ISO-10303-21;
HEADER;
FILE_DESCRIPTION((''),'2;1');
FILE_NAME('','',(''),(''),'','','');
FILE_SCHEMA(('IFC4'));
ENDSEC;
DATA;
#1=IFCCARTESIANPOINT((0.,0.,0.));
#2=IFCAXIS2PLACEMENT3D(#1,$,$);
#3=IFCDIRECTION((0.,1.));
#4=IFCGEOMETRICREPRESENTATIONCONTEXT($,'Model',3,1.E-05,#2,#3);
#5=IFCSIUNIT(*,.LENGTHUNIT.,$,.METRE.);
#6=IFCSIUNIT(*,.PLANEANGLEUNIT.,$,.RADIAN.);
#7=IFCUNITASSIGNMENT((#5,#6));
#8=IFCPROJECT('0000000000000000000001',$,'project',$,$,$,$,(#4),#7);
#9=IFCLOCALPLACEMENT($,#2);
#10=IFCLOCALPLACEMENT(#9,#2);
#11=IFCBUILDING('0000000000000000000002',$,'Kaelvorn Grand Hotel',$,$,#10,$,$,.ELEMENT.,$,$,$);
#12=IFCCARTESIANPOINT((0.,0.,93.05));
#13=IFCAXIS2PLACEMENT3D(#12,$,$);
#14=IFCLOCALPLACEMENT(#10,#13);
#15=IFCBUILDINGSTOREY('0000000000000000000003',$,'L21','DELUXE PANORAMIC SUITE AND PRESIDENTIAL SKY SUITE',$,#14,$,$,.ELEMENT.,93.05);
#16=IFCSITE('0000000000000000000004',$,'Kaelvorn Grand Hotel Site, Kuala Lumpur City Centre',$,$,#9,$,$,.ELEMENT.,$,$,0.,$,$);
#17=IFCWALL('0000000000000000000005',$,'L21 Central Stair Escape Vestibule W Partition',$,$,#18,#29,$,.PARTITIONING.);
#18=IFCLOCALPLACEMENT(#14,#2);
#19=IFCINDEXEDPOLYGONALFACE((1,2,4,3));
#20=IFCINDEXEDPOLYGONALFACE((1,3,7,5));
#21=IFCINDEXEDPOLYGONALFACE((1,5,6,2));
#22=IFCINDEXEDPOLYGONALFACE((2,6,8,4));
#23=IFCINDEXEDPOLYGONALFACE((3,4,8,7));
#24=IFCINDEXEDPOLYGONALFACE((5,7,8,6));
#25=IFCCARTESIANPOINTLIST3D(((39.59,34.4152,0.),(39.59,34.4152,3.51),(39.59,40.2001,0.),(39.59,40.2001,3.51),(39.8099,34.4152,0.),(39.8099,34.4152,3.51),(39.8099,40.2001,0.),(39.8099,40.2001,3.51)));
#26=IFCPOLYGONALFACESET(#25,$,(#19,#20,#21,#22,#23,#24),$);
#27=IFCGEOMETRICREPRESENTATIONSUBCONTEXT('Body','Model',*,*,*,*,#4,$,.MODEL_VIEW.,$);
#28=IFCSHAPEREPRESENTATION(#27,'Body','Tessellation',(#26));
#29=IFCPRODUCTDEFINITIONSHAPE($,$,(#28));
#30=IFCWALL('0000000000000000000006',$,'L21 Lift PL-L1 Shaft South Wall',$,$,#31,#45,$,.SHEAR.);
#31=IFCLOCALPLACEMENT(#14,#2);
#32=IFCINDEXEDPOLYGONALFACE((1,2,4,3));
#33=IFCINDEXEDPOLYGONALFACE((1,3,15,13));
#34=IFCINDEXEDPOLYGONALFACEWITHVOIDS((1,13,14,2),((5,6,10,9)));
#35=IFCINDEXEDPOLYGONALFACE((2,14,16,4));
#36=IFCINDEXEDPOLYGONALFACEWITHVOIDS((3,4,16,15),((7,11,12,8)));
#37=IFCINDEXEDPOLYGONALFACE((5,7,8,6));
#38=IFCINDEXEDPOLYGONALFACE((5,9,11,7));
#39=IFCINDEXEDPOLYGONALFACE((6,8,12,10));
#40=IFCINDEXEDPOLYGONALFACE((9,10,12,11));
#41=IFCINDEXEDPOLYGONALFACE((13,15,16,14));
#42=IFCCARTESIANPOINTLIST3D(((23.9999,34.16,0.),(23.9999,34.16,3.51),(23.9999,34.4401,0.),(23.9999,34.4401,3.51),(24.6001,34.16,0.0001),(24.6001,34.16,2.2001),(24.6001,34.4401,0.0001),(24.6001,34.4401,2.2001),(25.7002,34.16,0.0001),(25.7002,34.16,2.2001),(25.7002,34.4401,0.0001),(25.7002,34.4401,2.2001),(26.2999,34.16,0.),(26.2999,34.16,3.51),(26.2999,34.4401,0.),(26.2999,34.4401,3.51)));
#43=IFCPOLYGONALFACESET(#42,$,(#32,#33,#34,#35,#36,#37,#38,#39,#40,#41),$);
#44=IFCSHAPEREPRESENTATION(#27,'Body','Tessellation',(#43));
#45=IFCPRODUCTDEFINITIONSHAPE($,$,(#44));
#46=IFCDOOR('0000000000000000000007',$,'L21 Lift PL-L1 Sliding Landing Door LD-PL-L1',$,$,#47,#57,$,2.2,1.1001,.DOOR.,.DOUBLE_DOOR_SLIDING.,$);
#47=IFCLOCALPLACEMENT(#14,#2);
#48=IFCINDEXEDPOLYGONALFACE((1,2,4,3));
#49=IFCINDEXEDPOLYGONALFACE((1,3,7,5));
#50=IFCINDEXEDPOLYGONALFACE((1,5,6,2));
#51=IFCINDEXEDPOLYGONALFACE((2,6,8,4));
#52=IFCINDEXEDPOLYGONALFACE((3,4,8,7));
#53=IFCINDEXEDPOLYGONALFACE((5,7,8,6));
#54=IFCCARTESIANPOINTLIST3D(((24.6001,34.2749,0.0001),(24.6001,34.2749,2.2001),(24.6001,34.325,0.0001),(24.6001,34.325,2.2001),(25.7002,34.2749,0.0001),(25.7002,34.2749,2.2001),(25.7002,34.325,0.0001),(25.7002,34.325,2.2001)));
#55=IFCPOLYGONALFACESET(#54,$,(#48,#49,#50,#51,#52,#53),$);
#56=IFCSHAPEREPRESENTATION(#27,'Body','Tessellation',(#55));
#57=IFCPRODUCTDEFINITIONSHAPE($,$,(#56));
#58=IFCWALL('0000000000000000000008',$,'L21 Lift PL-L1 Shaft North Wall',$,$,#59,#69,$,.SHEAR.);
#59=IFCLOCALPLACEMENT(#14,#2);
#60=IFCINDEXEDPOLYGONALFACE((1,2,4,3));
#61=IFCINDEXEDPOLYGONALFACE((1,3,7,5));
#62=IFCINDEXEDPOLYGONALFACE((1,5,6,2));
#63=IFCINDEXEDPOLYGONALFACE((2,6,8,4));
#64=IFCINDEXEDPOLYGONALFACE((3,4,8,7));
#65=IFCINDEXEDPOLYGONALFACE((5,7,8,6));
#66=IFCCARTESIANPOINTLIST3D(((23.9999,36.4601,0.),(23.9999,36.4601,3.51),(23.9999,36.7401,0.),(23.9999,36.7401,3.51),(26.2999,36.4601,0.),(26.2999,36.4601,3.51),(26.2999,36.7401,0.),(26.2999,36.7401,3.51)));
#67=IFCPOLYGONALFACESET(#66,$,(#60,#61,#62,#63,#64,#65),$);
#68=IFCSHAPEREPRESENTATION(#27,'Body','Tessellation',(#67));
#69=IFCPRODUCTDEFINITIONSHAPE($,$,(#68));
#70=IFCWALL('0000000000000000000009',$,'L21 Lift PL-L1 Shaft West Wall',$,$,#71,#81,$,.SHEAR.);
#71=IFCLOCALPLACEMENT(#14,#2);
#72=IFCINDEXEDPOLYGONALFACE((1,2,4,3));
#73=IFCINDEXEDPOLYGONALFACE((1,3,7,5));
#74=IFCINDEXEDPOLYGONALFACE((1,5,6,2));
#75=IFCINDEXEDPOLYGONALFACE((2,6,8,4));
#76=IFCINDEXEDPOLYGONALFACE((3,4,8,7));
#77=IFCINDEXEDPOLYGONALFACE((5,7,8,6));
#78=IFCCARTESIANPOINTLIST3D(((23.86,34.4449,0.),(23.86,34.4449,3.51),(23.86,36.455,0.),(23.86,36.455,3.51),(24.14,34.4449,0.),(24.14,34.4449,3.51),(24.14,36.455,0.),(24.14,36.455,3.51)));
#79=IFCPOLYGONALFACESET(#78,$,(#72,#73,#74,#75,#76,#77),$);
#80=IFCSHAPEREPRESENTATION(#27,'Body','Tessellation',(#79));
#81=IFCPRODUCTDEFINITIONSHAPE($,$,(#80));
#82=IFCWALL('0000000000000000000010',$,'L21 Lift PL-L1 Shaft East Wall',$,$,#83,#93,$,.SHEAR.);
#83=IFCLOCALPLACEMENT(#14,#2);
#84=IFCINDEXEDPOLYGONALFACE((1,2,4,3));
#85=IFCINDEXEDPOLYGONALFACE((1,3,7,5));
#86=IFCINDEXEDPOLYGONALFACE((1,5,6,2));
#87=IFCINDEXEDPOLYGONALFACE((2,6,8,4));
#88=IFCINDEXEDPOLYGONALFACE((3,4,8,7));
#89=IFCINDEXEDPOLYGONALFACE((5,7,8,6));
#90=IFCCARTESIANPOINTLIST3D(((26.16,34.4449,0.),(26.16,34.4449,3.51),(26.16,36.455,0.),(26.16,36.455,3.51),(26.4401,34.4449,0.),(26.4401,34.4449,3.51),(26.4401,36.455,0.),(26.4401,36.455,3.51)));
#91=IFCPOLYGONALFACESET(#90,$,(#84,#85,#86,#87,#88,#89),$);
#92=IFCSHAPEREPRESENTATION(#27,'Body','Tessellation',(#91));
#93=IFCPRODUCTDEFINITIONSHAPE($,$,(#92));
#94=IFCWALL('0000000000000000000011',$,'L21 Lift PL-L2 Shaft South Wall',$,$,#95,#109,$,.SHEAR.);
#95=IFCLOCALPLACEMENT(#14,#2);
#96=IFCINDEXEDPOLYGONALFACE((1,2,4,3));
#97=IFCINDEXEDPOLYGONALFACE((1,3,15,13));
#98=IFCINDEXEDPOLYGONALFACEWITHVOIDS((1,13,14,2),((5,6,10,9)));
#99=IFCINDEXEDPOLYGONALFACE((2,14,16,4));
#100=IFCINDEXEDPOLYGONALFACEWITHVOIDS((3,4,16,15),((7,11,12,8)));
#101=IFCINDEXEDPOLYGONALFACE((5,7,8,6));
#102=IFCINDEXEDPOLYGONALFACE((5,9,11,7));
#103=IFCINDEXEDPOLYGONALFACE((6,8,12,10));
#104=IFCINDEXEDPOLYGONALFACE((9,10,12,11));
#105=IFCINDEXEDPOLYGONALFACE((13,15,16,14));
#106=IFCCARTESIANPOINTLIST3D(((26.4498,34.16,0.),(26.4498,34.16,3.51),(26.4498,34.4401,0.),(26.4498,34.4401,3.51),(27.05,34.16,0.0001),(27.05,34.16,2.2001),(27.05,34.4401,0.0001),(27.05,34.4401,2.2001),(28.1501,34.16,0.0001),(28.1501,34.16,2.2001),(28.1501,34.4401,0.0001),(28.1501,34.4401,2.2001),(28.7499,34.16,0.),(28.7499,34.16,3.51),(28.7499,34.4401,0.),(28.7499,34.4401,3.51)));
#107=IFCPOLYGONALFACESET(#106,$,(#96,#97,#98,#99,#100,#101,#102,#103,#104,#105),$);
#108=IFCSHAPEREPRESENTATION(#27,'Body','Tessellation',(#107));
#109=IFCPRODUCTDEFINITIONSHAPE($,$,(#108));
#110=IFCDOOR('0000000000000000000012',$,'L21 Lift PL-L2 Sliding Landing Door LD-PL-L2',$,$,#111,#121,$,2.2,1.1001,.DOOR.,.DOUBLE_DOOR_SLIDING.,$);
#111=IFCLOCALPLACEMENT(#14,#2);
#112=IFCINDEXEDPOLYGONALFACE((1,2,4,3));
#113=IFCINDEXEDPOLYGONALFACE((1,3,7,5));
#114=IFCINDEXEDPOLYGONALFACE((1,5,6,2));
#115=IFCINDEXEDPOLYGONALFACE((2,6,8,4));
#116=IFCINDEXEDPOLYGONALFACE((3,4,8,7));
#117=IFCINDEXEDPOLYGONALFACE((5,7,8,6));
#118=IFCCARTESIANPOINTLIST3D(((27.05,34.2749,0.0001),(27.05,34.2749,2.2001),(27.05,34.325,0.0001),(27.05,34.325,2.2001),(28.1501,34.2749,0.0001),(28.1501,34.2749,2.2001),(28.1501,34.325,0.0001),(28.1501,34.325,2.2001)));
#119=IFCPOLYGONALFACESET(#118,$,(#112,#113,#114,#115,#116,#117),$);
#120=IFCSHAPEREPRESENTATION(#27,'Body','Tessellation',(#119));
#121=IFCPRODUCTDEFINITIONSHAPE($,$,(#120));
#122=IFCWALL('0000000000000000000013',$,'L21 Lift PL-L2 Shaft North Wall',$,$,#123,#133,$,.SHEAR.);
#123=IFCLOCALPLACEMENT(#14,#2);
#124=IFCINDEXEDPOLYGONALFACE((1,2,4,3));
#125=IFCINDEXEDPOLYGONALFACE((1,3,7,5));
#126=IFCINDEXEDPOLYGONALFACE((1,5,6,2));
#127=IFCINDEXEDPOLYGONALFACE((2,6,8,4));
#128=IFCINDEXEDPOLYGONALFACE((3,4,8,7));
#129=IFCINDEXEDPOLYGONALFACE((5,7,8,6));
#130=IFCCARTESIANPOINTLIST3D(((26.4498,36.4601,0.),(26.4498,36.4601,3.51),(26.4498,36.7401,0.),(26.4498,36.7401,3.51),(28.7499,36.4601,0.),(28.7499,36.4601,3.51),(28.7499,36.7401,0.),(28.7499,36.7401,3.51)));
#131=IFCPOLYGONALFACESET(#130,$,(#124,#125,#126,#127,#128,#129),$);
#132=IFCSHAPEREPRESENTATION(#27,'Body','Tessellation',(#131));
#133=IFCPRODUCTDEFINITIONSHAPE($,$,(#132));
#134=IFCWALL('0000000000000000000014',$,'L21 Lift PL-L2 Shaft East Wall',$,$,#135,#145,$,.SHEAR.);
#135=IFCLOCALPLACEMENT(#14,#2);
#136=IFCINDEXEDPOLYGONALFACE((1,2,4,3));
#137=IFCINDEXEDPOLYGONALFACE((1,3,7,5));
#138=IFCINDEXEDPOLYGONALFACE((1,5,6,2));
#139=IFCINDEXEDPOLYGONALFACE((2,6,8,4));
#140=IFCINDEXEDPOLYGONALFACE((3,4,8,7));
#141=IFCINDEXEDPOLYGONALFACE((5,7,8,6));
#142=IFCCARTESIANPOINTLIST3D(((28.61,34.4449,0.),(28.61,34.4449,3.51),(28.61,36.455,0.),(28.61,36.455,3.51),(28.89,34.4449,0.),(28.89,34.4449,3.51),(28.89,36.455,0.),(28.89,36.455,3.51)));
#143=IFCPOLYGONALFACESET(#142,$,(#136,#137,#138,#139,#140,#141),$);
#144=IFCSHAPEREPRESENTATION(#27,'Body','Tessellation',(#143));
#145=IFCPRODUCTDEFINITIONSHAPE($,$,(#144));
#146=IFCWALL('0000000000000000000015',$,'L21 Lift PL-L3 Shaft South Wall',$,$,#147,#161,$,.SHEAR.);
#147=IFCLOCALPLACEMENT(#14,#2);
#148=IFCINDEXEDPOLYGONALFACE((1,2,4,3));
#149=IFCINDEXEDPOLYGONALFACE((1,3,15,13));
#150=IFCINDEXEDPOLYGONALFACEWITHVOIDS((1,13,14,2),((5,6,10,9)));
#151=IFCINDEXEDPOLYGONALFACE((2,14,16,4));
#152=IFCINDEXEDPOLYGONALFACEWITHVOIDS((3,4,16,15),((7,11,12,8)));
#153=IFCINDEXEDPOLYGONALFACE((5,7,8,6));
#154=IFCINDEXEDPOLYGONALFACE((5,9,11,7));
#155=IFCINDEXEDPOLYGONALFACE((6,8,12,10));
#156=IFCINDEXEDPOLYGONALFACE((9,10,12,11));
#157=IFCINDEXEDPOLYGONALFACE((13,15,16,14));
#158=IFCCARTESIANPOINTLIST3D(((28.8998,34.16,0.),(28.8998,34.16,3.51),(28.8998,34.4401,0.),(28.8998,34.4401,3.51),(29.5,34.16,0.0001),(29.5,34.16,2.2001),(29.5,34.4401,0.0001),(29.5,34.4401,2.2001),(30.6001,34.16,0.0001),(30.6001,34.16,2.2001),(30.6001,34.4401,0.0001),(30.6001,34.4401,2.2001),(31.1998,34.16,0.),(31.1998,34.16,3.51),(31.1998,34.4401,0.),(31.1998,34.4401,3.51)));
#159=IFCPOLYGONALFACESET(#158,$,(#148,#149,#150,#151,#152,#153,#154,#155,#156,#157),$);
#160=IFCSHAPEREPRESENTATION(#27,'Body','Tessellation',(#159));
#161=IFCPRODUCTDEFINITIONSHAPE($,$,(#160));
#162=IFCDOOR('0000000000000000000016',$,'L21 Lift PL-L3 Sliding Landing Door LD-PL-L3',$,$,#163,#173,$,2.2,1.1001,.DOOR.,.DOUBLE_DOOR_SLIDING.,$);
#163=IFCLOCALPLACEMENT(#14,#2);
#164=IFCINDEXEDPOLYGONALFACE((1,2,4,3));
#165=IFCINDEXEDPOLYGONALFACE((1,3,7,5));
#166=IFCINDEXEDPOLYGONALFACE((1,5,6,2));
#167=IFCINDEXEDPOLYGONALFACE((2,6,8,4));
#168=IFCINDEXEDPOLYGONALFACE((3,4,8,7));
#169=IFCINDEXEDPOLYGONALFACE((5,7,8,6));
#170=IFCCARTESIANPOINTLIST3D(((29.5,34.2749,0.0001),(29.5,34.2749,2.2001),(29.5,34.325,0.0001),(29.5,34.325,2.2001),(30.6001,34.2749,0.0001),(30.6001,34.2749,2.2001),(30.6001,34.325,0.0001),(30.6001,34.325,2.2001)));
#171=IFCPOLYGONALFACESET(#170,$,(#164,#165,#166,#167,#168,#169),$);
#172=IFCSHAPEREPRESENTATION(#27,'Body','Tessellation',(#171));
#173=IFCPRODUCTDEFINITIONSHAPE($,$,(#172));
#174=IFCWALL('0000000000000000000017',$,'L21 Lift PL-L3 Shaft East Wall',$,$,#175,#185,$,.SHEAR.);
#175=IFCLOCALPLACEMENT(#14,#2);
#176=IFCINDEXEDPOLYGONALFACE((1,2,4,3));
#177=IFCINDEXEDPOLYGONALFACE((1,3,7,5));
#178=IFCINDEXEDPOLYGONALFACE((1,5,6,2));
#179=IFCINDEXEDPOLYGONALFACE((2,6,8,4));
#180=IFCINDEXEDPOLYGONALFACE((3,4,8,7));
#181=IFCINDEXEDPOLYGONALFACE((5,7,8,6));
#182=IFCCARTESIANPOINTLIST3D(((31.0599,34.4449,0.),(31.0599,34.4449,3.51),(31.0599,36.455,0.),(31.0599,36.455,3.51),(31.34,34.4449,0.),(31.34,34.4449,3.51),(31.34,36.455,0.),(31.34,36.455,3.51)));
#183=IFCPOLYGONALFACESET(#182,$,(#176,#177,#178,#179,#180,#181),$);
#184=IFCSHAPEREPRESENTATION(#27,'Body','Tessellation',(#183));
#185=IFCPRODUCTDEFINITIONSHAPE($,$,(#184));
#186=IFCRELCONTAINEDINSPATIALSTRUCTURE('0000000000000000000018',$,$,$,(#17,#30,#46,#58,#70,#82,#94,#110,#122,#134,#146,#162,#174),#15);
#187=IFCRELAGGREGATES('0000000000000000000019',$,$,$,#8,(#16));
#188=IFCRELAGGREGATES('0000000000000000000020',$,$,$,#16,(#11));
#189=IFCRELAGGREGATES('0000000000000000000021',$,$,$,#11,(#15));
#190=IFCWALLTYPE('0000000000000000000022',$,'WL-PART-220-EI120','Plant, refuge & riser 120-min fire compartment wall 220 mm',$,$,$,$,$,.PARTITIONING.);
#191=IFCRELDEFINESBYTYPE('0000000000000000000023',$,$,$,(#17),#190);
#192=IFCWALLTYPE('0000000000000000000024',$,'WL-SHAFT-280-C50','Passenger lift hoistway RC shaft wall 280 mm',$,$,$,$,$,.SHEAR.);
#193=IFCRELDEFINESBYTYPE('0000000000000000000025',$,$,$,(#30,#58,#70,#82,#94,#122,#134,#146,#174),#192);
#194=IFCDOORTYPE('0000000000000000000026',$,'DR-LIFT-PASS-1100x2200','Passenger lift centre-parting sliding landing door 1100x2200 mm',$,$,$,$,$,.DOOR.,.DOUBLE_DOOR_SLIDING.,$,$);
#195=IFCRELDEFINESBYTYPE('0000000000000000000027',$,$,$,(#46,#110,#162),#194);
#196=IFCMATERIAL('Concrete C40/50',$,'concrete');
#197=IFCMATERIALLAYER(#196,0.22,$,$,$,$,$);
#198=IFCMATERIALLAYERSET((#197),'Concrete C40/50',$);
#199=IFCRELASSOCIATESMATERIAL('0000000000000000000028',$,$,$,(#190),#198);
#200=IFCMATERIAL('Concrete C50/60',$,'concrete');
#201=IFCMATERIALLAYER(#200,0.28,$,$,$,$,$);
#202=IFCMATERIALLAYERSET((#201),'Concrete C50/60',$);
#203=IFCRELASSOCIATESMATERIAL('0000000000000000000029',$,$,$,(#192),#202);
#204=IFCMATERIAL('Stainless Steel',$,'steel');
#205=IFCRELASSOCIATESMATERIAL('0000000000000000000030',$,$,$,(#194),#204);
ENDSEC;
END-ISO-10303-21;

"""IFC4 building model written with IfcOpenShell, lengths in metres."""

from ifc_helpers import new_model, si_unit, direction, frame, frame_2d, origin, place, context, subcontext, project, spatial, rectangle, extrude, material, layer, layer_set, type_object, element, fill, save


model = new_model("IFC4")

# Units and contexts
model_context = context("Model", 3, precision=1e-05, world=origin(), true_north=direction((0.0, 1.0)))
body_context = subcontext(model_context, "Body", "Model", "MODEL_VIEW")
ifc_project = project(units=[si_unit("LENGTHUNIT", "METRE"), si_unit("PLANEANGLEUNIT", "RADIAN")], contexts=[model_context])

# Site, building, storey
site_placement = place(None, origin())
site = spatial("IfcSite", under=ifc_project, at=site_placement, Name="Kaelvorn Grand Hotel Site, Kuala Lumpur City Centre", CompositionType="ELEMENT", RefElevation=0.0)
building_placement = place(site_placement, origin())
building = spatial("IfcBuilding", under=site, at=building_placement, Name="Kaelvorn Grand Hotel", CompositionType="ELEMENT")
storey_placement = place(building_placement, frame((0.0, 0.0, 93.05)))
storey = spatial("IfcBuildingStorey", under=building, at=storey_placement, Name="L21", Description="DELUXE PANORAMIC SUITE AND PRESIDENTIAL SKY SUITE", CompositionType="ELEMENT", Elevation=93.05)

# Shared definitions
ifc_material_1 = material(Name="Concrete C40/50", Category="concrete")
ifc_layer_1 = layer(ifc_material_1, 0.22)
ifc_layer_set_1 = layer_set([ifc_layer_1], Name="Concrete C40/50")
wall_type_1 = type_object("IfcWallType", Name="WL-PART-220-EI120", Description="Plant, refuge & riser 120-min fire compartment wall 220 mm", PredefinedType="PARTITIONING", material=ifc_layer_set_1)

# Wall
wall_1_placement = place(storey_placement, frame((39.7, 34.415, 0.0), z_axis=(0.0, 0.0, 1.0), x_axis=(0.0, 1.0, 0.0)))
element("IfcWall", 1, at=wall_1_placement, inside=storey, type_object=wall_type_1, Name="L21 Central Stair Escape Vestibule W Partition", PredefinedType="PARTITIONING", context=body_context, shape_type="SweptSolid", body=[
    extrude(rectangle(XDim=5.7849, YDim=0.22, at=frame_2d((2.8926, 0.0))), origin(), (0.0, 0.0, 1.0), 3.51),
])

# Wall, opening, door
ifc_material_2 = material(Name="Concrete C50/60", Category="concrete")
ifc_layer_2 = layer(ifc_material_2, 0.28)
ifc_layer_set_2 = layer_set([ifc_layer_2], Name="Concrete C50/60")
wall_type_2 = type_object("IfcWallType", Name="WL-SHAFT-280-C50", Description="Passenger lift hoistway RC shaft wall 280 mm", PredefinedType="SHEAR", material=ifc_layer_set_2)
wall_2_placement = place(storey_placement, frame((24.0, 34.3, 0.0), z_axis=(0.0, 0.0, 1.0), x_axis=(1.0, 0.0, 0.0)))
wall_2 = element("IfcWall", 2, at=wall_2_placement, inside=storey, type_object=wall_type_2, Name="L21 Lift PL-L1 Shaft South Wall", PredefinedType="SHEAR", context=body_context, shape_type="SweptSolid", body=[
    extrude(rectangle(XDim=2.3, YDim=0.28, at=frame_2d((1.1499, 0.0))), origin(), (0.0, 0.0, 1.0), 3.51),
])
opening_1_placement = place(wall_2_placement, frame((0.6001, 0.0, 0.0)))
opening_1 = element("IfcOpeningElement", 3, at=opening_1_placement, cuts=wall_2, PredefinedType="OPENING", context=body_context, shape_type="SweptSolid", body=[
    extrude(rectangle(XDim=1.1001, YDim=2.2, at=frame_2d((0.55, 1.1001))), frame((0.0, 0.1499, 0.0), z_axis=(0.0, -1.0, 0.0), x_axis=(1.0, 0.0, 0.0)), (0.0, 0.0, 1.0), 0.3),
])
ifc_material_3 = material(Name="Stainless Steel", Category="steel")
door_type_1 = type_object("IfcDoorType", Name="DR-LIFT-PASS-1100x2200", Description="Passenger lift centre-parting sliding landing door 1100x2200 mm", OperationType="DOUBLE_DOOR_SLIDING", PredefinedType="DOOR", material=ifc_material_3)
door_1_placement = place(opening_1_placement, origin())
door_1 = element("IfcDoor", 4, at=door_1_placement, inside=storey, type_object=door_type_1, Name="L21 Lift PL-L1 Sliding Landing Door LD-PL-L1", OperationType="DOUBLE_DOOR_SLIDING", OverallHeight=2.2, OverallWidth=1.1001, PredefinedType="DOOR", context=body_context, shape_type="SweptSolid", body=[
    extrude(rectangle(XDim=1.1001, YDim=2.2, at=frame_2d((0.55, 1.1001))), frame((0.0, 0.0249, 0.0), z_axis=(0.0, -1.0, 0.0), x_axis=(1.0, 0.0, 0.0)), (0.0, 0.0, 1.0), 0.05),
])
fill(opening_1, door_1)

# Walls
wall_3_placement = place(storey_placement, frame((24.0, 36.6001, 0.0), z_axis=(0.0, 0.0, 1.0), x_axis=(1.0, 0.0, 0.0)))
element("IfcWall", 5, at=wall_3_placement, inside=storey, type_object=wall_type_2, Name="L21 Lift PL-L1 Shaft North Wall", PredefinedType="SHEAR", context=body_context, shape_type="SweptSolid", body=[
    extrude(rectangle(XDim=2.3, YDim=0.28, at=frame_2d((1.1499, 0.0))), origin(), (0.0, 0.0, 1.0), 3.51),
])
for number, where, z_axis, x_axis, name in (
    (6, (24.0, 34.4451, 0.0), (0.0, 0.0, 1.0), (0.0, 1.0, 0.0), "L21 Lift PL-L1 Shaft West Wall"),
    (7, (26.3, 34.4451, 0.0), (0.0, 0.0, 1.0), (0.0, 1.0, 0.0), "L21 Lift PL-L1 Shaft East Wall"),
):
    element("IfcWall", number, at=place(storey_placement, frame(where, z_axis=z_axis, x_axis=x_axis)), inside=storey, type_object=wall_type_2, Name=name, PredefinedType="SHEAR", context=body_context, shape_type="SweptSolid", body=[
        extrude(rectangle(XDim=2.01, YDim=0.28, at=frame_2d((1.0049, 0.0))), origin(), (0.0, 0.0, 1.0), 3.51),
    ])

# Wall, opening, door
wall_4_placement = place(storey_placement, frame((26.45, 34.3, 0.0), z_axis=(0.0, 0.0, 1.0), x_axis=(1.0, 0.0, 0.0)))
wall_4 = element("IfcWall", 8, at=wall_4_placement, inside=storey, type_object=wall_type_2, Name="L21 Lift PL-L2 Shaft South Wall", PredefinedType="SHEAR", context=body_context, shape_type="SweptSolid", body=[
    extrude(rectangle(XDim=2.3, YDim=0.28, at=frame_2d((1.1499, 0.0))), origin(), (0.0, 0.0, 1.0), 3.51),
])
opening_2_placement = place(wall_4_placement, frame((0.6001, 0.0, 0.0)))
opening_2 = element("IfcOpeningElement", 9, at=opening_2_placement, cuts=wall_4, PredefinedType="OPENING", context=body_context, shape_type="SweptSolid", body=[
    extrude(rectangle(XDim=1.1001, YDim=2.2, at=frame_2d((0.55, 1.1001))), frame((0.0, 0.1499, 0.0), z_axis=(0.0, -1.0, 0.0), x_axis=(1.0, 0.0, 0.0)), (0.0, 0.0, 1.0), 0.3),
])
door_2_placement = place(opening_2_placement, origin())
door_2 = element("IfcDoor", 10, at=door_2_placement, inside=storey, type_object=door_type_1, Name="L21 Lift PL-L2 Sliding Landing Door LD-PL-L2", OperationType="DOUBLE_DOOR_SLIDING", OverallHeight=2.2, OverallWidth=1.1001, PredefinedType="DOOR", context=body_context, shape_type="SweptSolid", body=[
    extrude(rectangle(XDim=1.1001, YDim=2.2, at=frame_2d((0.55, 1.1001))), frame((0.0, 0.0249, 0.0), z_axis=(0.0, -1.0, 0.0), x_axis=(1.0, 0.0, 0.0)), (0.0, 0.0, 1.0), 0.05),
])
fill(opening_2, door_2)

# Walls
wall_5_placement = place(storey_placement, frame((26.45, 36.6001, 0.0), z_axis=(0.0, 0.0, 1.0), x_axis=(1.0, 0.0, 0.0)))
element("IfcWall", 11, at=wall_5_placement, inside=storey, type_object=wall_type_2, Name="L21 Lift PL-L2 Shaft North Wall", PredefinedType="SHEAR", context=body_context, shape_type="SweptSolid", body=[
    extrude(rectangle(XDim=2.3, YDim=0.28, at=frame_2d((1.1499, 0.0))), origin(), (0.0, 0.0, 1.0), 3.51),
])
wall_6_placement = place(storey_placement, frame((28.75, 34.4451, 0.0), z_axis=(0.0, 0.0, 1.0), x_axis=(0.0, 1.0, 0.0)))
element("IfcWall", 12, at=wall_6_placement, inside=storey, type_object=wall_type_2, Name="L21 Lift PL-L2 Shaft East Wall", PredefinedType="SHEAR", context=body_context, shape_type="SweptSolid", body=[
    extrude(rectangle(XDim=2.01, YDim=0.28, at=frame_2d((1.0049, 0.0))), origin(), (0.0, 0.0, 1.0), 3.51),
])

# Wall, opening, door
wall_7_placement = place(storey_placement, frame((28.8999, 34.3, 0.0), z_axis=(0.0, 0.0, 1.0), x_axis=(1.0, 0.0, 0.0)))
wall_7 = element("IfcWall", 13, at=wall_7_placement, inside=storey, type_object=wall_type_2, Name="L21 Lift PL-L3 Shaft South Wall", PredefinedType="SHEAR", context=body_context, shape_type="SweptSolid", body=[
    extrude(rectangle(XDim=2.3, YDim=0.28, at=frame_2d((1.1499, 0.0))), origin(), (0.0, 0.0, 1.0), 3.51),
])
opening_3_placement = place(wall_7_placement, frame((0.6001, 0.0, 0.0)))
opening_3 = element("IfcOpeningElement", 14, at=opening_3_placement, cuts=wall_7, PredefinedType="OPENING", context=body_context, shape_type="SweptSolid", body=[
    extrude(rectangle(XDim=1.1001, YDim=2.2, at=frame_2d((0.55, 1.1001))), frame((0.0, 0.1499, 0.0), z_axis=(0.0, -1.0, 0.0), x_axis=(1.0, 0.0, 0.0)), (0.0, 0.0, 1.0), 0.3),
])
door_3_placement = place(opening_3_placement, origin())
door_3 = element("IfcDoor", 15, at=door_3_placement, inside=storey, type_object=door_type_1, Name="L21 Lift PL-L3 Sliding Landing Door LD-PL-L3", OperationType="DOUBLE_DOOR_SLIDING", OverallHeight=2.2, OverallWidth=1.1001, PredefinedType="DOOR", context=body_context, shape_type="SweptSolid", body=[
    extrude(rectangle(XDim=1.1001, YDim=2.2, at=frame_2d((0.55, 1.1001))), frame((0.0, 0.0249, 0.0), z_axis=(0.0, -1.0, 0.0), x_axis=(1.0, 0.0, 0.0)), (0.0, 0.0, 1.0), 0.05),
])
fill(opening_3, door_3)

# Wall
wall_8_placement = place(storey_placement, frame((31.2, 34.4451, 0.0), z_axis=(0.0, 0.0, 1.0), x_axis=(0.0, 1.0, 0.0)))
element("IfcWall", 16, at=wall_8_placement, inside=storey, type_object=wall_type_2, Name="L21 Lift PL-L3 Shaft East Wall", PredefinedType="SHEAR", context=body_context, shape_type="SweptSolid", body=[
    extrude(rectangle(XDim=2.01, YDim=0.28, at=frame_2d((1.0049, 0.0))), origin(), (0.0, 0.0, 1.0), 3.51),
])

save(model, "model.ifc")
